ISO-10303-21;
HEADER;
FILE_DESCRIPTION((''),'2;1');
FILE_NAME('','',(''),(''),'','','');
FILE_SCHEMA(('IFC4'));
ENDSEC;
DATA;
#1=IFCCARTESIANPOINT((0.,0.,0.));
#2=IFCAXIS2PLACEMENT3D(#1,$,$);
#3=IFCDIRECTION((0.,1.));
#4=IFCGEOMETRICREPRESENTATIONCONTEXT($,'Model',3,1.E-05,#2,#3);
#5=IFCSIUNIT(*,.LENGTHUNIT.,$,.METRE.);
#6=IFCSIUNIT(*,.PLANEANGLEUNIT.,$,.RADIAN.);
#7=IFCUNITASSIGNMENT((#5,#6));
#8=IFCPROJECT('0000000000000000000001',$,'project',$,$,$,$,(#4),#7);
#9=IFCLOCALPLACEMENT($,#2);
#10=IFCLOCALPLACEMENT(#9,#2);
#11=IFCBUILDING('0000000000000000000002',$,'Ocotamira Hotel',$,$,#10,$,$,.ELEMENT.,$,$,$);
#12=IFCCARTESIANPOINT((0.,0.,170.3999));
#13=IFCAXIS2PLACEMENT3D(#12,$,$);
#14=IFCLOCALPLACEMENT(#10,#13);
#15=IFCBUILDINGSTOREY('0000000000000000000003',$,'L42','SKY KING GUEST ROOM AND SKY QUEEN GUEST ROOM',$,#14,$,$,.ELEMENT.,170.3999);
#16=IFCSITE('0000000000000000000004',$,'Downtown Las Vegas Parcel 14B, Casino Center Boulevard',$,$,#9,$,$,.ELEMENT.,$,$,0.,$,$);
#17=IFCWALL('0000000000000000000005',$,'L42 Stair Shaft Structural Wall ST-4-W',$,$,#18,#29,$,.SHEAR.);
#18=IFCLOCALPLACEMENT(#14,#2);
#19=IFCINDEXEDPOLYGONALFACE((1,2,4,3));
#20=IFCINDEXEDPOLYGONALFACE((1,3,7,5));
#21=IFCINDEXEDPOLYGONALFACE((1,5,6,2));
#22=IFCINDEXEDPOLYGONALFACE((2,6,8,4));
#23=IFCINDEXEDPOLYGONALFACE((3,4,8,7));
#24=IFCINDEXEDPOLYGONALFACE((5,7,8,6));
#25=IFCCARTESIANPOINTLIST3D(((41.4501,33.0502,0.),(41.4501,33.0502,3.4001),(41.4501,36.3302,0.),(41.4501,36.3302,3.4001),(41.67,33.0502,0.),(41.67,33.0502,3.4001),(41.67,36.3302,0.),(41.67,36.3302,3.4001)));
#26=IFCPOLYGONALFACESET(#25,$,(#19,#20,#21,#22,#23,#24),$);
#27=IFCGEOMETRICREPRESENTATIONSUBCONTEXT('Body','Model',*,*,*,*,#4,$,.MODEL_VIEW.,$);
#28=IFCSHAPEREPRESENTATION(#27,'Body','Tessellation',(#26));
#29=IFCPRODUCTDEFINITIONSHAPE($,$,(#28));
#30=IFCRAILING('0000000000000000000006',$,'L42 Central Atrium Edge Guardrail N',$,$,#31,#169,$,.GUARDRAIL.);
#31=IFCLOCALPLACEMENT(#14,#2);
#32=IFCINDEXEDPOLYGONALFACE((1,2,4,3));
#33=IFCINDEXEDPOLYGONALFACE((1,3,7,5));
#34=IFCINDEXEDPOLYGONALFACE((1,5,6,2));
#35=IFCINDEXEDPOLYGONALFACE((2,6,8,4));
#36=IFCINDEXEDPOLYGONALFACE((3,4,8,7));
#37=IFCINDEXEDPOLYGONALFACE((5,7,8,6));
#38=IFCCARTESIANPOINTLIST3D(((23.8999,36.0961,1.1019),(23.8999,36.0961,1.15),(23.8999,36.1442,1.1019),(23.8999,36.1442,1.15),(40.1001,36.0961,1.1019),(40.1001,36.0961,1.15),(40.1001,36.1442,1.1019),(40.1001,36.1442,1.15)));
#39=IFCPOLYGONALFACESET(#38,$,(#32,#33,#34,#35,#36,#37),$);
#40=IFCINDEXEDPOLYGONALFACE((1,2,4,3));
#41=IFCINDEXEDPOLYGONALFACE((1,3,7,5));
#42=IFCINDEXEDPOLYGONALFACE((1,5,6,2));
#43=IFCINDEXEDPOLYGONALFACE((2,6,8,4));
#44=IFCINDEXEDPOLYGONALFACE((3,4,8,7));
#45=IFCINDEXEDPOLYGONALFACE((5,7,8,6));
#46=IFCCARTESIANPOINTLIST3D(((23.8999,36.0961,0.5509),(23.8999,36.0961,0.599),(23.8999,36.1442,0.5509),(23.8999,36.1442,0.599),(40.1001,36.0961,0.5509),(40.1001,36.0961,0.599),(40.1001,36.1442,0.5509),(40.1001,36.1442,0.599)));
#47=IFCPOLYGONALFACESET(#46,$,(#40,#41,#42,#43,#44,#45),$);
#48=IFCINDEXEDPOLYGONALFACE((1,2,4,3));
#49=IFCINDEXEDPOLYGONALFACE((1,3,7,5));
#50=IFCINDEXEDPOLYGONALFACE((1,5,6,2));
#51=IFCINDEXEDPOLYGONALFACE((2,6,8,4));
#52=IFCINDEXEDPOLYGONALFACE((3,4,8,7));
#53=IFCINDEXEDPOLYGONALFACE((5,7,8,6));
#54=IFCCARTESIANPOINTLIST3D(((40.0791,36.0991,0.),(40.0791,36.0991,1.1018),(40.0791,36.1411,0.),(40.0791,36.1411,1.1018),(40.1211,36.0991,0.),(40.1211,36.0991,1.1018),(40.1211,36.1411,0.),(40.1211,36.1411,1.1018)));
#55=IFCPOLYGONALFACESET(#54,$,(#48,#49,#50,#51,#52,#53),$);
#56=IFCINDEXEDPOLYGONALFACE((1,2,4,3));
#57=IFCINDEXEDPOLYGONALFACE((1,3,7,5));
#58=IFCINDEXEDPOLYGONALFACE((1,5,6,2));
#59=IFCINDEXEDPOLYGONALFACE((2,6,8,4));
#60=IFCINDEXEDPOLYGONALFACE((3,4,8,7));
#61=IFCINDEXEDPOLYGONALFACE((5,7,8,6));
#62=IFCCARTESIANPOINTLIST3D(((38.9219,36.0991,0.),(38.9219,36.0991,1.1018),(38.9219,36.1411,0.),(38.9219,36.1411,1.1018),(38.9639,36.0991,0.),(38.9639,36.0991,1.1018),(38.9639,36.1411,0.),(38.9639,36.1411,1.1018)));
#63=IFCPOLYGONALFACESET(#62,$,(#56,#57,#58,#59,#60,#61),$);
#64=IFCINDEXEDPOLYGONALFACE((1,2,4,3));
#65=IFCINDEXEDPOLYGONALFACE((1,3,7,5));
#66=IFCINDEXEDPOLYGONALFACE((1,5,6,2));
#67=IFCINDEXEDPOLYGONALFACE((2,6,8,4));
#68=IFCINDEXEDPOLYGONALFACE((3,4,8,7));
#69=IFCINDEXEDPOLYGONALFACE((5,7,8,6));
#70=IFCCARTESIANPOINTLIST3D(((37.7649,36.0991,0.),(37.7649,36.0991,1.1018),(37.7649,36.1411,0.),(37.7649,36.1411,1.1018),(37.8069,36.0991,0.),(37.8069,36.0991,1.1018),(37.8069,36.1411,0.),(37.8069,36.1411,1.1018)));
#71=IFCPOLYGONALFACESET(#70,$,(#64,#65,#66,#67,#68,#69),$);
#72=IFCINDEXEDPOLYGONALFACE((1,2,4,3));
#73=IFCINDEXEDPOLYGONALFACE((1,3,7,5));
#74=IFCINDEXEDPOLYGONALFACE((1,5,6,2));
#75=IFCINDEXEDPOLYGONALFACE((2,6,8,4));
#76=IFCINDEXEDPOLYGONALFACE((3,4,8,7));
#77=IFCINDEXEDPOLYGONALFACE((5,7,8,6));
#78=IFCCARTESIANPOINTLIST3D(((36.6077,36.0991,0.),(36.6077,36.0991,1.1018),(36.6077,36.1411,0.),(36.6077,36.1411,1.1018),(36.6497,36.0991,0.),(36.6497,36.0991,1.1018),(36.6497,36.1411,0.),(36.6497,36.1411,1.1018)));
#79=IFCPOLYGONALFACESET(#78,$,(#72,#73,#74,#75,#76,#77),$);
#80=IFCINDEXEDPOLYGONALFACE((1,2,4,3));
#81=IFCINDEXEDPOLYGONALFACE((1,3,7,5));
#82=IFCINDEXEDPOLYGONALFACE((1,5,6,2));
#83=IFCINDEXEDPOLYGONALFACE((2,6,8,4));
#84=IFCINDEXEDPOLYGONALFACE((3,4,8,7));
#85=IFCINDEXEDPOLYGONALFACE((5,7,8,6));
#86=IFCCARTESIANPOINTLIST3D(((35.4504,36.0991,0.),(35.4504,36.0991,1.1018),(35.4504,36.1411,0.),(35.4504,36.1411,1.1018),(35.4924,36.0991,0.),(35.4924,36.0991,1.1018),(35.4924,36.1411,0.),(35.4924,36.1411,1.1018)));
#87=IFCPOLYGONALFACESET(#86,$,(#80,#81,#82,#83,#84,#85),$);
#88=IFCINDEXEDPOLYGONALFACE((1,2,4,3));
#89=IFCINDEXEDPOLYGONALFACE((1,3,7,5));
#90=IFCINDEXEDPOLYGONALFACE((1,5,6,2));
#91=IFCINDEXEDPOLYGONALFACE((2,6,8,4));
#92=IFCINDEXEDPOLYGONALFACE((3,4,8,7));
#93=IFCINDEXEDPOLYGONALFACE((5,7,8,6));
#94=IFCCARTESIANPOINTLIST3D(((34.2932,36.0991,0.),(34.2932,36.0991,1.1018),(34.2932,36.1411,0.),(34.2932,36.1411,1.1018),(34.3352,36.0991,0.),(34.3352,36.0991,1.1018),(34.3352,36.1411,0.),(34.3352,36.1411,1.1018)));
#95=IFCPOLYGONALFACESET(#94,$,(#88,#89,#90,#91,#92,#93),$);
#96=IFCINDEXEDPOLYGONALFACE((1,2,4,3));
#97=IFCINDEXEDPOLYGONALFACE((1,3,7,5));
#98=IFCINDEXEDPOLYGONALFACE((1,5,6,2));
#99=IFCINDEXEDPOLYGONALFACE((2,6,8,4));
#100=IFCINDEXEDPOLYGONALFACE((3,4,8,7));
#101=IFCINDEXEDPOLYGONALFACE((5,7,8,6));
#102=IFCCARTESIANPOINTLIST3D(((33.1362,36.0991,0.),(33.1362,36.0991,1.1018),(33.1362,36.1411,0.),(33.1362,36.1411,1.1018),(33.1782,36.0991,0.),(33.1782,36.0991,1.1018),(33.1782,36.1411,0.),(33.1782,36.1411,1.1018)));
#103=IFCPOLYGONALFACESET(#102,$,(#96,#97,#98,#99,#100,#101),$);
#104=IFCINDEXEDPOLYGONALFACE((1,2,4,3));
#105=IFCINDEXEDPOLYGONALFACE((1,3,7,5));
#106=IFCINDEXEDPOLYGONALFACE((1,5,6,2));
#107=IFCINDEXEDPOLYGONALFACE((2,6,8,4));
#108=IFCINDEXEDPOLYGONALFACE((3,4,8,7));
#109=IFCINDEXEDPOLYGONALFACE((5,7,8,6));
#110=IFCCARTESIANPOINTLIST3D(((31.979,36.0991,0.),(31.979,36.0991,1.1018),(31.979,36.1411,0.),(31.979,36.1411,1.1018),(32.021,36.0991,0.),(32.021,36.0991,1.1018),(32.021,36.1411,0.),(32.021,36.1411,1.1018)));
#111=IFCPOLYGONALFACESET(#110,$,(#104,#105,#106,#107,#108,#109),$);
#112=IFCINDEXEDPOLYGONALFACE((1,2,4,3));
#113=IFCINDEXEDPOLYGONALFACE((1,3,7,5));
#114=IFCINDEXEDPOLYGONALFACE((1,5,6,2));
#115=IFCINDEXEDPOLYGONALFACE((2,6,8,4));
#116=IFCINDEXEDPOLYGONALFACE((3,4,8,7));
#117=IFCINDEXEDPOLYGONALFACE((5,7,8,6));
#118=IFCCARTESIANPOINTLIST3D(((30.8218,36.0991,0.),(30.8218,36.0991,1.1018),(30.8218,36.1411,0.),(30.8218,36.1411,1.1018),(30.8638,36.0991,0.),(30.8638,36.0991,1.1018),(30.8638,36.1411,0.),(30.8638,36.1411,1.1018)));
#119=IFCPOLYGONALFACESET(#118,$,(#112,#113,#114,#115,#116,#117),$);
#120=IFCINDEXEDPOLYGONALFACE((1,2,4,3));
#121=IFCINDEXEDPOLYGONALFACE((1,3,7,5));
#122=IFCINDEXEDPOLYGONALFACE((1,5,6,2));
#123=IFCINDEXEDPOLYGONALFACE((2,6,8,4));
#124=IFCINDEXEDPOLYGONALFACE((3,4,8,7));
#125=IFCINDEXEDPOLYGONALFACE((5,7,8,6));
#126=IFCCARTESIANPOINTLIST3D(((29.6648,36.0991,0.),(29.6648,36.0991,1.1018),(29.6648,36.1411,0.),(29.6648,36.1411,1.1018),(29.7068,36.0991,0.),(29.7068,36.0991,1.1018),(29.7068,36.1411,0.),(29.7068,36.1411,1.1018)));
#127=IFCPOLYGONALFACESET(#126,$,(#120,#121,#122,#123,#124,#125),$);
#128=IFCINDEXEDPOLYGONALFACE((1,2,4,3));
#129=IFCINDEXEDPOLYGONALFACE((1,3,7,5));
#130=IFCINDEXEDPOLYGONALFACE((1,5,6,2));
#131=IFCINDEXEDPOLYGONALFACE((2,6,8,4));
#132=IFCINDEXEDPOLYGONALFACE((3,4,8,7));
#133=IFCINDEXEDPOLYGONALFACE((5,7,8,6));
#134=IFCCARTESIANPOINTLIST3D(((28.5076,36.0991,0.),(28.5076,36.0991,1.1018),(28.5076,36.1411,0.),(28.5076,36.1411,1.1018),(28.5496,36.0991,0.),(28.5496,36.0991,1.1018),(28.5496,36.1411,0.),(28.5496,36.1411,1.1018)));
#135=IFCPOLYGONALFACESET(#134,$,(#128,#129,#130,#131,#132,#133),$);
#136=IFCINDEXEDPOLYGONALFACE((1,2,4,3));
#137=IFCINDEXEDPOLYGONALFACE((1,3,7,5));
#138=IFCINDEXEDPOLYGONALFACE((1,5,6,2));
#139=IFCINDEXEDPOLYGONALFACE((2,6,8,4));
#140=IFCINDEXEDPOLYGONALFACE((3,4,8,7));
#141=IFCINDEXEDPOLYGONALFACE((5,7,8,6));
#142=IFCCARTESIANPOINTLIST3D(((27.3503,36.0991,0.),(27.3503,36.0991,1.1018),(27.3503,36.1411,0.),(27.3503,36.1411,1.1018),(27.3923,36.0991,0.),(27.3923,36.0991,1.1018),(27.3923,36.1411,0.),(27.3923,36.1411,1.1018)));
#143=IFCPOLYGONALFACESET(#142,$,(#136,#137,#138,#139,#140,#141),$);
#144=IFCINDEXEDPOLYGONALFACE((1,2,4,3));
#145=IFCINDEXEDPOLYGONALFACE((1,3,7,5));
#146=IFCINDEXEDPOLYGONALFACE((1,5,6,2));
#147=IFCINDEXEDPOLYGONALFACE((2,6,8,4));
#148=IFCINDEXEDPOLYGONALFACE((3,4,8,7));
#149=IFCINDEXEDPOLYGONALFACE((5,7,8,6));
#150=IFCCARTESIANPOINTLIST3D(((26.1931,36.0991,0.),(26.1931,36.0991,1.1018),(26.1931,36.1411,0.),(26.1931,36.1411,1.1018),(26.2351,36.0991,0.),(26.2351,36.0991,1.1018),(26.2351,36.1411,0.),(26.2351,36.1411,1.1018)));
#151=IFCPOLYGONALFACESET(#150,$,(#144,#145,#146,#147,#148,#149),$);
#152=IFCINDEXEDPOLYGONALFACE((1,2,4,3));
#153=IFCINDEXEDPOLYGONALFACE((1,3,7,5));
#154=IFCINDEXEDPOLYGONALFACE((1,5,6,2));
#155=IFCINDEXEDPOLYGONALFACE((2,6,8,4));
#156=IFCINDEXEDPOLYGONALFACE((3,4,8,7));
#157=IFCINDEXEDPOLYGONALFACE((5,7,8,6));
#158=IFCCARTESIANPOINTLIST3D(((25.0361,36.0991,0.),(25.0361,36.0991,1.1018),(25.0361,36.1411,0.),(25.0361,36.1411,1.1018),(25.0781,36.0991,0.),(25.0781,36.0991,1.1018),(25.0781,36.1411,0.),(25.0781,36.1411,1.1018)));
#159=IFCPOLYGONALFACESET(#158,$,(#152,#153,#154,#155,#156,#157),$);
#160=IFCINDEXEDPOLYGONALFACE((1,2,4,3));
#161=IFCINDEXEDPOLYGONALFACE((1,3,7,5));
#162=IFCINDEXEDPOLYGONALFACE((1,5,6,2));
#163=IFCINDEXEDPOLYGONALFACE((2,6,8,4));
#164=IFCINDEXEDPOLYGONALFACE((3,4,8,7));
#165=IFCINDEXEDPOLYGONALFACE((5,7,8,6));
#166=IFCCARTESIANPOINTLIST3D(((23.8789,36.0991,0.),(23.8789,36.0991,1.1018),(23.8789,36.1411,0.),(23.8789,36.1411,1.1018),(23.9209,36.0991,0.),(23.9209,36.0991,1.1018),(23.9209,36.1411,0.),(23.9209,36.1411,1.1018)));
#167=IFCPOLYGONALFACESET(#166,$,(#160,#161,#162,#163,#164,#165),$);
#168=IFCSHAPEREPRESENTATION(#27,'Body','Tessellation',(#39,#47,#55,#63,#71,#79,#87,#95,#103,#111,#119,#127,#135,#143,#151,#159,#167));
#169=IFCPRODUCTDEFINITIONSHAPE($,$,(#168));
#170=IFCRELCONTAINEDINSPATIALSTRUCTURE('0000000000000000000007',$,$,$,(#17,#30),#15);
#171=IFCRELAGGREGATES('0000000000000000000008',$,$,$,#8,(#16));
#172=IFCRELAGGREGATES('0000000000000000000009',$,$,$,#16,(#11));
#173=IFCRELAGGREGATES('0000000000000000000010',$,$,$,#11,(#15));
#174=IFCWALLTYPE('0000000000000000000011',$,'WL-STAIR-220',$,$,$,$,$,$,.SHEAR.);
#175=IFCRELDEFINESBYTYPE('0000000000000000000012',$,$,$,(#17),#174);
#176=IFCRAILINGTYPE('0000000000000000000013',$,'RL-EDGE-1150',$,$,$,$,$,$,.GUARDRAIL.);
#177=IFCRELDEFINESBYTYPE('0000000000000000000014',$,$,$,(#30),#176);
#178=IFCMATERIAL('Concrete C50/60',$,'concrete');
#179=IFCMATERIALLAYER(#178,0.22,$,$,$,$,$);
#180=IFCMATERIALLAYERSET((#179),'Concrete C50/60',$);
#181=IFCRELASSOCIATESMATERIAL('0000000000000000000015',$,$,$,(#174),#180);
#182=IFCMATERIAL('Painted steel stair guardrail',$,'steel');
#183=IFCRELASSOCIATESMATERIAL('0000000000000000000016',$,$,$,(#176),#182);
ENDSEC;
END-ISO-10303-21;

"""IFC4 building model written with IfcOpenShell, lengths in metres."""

from ifc_helpers import new_model, si_unit, direction, frame, frame_2d, origin, origin_2d, place, context, subcontext, project, spatial, rectangle, extrude, material, layer, layer_set, type_object, element, save


model = new_model("IFC4")

# Units and contexts
model_context = context("Model", 3, precision=1e-05, world=origin(), true_north=direction((0.0, 1.0)))
body_context = subcontext(model_context, "Body", "Model", "MODEL_VIEW")
ifc_project = project(units=[si_unit("LENGTHUNIT", "METRE"), si_unit("PLANEANGLEUNIT", "RADIAN")], contexts=[model_context])

# Site, building, storey
site_placement = place(None, origin())
site = spatial("IfcSite", under=ifc_project, at=site_placement, Name="Downtown Las Vegas Parcel 14B, Casino Center Boulevard", CompositionType="ELEMENT", RefElevation=0.0)
building_placement = place(site_placement, origin())
building = spatial("IfcBuilding", under=site, at=building_placement, Name="Ocotamira Hotel", CompositionType="ELEMENT")
storey_placement = place(building_placement, frame((0.0, 0.0, 170.3999)))
storey = spatial("IfcBuildingStorey", under=building, at=storey_placement, Name="L42", Description="SKY KING GUEST ROOM AND SKY QUEEN GUEST ROOM", CompositionType="ELEMENT", Elevation=170.3999)

# Shared definitions
ifc_material_1 = material(Name="Concrete C50/60", Category="concrete")

# Shared definitions
ifc_layer_1 = layer(ifc_material_1, 0.22)
ifc_layer_set_1 = layer_set([ifc_layer_1], Name="Concrete C50/60")
wall_type_1 = type_object("IfcWallType", Name="WL-STAIR-220", PredefinedType="SHEAR", material=ifc_layer_set_1)

# Wall
wall_1_placement = place(storey_placement, frame((41.5601, 33.05, 0.0), z_axis=(0.0, 0.0, 1.0), x_axis=(0.0, 1.0, 0.0)))
element("IfcWall", 1, at=wall_1_placement, inside=storey, type_object=wall_type_1, Name="L42 Stair Shaft Structural Wall ST-4-W", PredefinedType="SHEAR", context=body_context, shape_type="SweptSolid", body=[
    extrude(rectangle(XDim=3.28, YDim=0.22, at=frame_2d((1.6401, 0.0))), origin(), (0.0, 0.0, 1.0), 3.4001),
])

# Railing
ifc_material_2 = material(Name="Painted steel stair guardrail", Category="steel")
railing_type = type_object("IfcRailingType", Name="RL-EDGE-1150", PredefinedType="GUARDRAIL", material=ifc_material_2)
railing_placement = place(storey_placement, frame((40.1001, 36.1201, 0.0)))
element("IfcRailing", 2, at=railing_placement, inside=storey, type_object=railing_type, Name="L42 Central Atrium Edge Guardrail N", PredefinedType="GUARDRAIL", context=body_context, shape_type="SweptSolid", body=[
    extrude(rectangle(XDim=0.0481, YDim=0.0481, at=origin_2d()), frame((0.0, 0.0, 1.126), z_axis=(-1.0, 0.0, 0.0), x_axis=(0.0, -1.0, 0.0)), (0.0, 0.0, 1.0), 16.2002),
    extrude(rectangle(XDim=0.0481, YDim=0.0481, at=origin_2d()), frame((0.0, 0.0, 0.575), z_axis=(-1.0, 0.0, 0.0), x_axis=(0.0, -1.0, 0.0)), (0.0, 0.0, 1.0), 16.2002),
    extrude(rectangle(XDim=0.042, YDim=0.042, at=origin_2d()), origin(), (0.0, 0.0, 1.0), 1.1018),
    extrude(rectangle(XDim=0.042, YDim=0.042, at=origin_2d()), frame((-1.1572, 0.0, 0.0)), (0.0, 0.0, 1.0), 1.1018),
    extrude(rectangle(XDim=0.042, YDim=0.042, at=origin_2d()), frame((-2.3142, 0.0, 0.0)), (0.0, 0.0, 1.0), 1.1018),
    extrude(rectangle(XDim=0.042, YDim=0.042, at=origin_2d()), frame((-3.4714, 0.0, 0.0)), (0.0, 0.0, 1.0), 1.1018),
    extrude(rectangle(XDim=0.042, YDim=0.042, at=origin_2d()), frame((-4.6287, 0.0, 0.0)), (0.0, 0.0, 1.0), 1.1018),
    extrude(rectangle(XDim=0.042, YDim=0.042, at=origin_2d()), frame((-5.7859, 0.0, 0.0)), (0.0, 0.0, 1.0), 1.1018),
    extrude(rectangle(XDim=0.042, YDim=0.042, at=origin_2d()), frame((-6.9429, 0.0, 0.0)), (0.0, 0.0, 1.0), 1.1018),
    extrude(rectangle(XDim=0.042, YDim=0.042, at=origin_2d()), frame((-8.1001, 0.0, 0.0)), (0.0, 0.0, 1.0), 1.1018),
    extrude(rectangle(XDim=0.042, YDim=0.042, at=origin_2d()), frame((-9.2573, 0.0, 0.0)), (0.0, 0.0, 1.0), 1.1018),
    extrude(rectangle(XDim=0.042, YDim=0.042, at=origin_2d()), frame((-10.4143, 0.0, 0.0)), (0.0, 0.0, 1.0), 1.1018),
    extrude(rectangle(XDim=0.042, YDim=0.042, at=origin_2d()), frame((-11.5715, 0.0, 0.0)), (0.0, 0.0, 1.0), 1.1018),
    extrude(rectangle(XDim=0.042, YDim=0.042, at=origin_2d()), frame((-12.7288, 0.0, 0.0)), (0.0, 0.0, 1.0), 1.1018),
    extrude(rectangle(XDim=0.042, YDim=0.042, at=origin_2d()), frame((-13.886, 0.0, 0.0)), (0.0, 0.0, 1.0), 1.1018),
    extrude(rectangle(XDim=0.042, YDim=0.042, at=origin_2d()), frame((-15.043, 0.0, 0.0)), (0.0, 0.0, 1.0), 1.1018),
    extrude(rectangle(XDim=0.042, YDim=0.042, at=origin_2d()), frame((-16.2002, 0.0, 0.0)), (0.0, 0.0, 1.0), 1.1018),
])

save(model, "model.ifc")
